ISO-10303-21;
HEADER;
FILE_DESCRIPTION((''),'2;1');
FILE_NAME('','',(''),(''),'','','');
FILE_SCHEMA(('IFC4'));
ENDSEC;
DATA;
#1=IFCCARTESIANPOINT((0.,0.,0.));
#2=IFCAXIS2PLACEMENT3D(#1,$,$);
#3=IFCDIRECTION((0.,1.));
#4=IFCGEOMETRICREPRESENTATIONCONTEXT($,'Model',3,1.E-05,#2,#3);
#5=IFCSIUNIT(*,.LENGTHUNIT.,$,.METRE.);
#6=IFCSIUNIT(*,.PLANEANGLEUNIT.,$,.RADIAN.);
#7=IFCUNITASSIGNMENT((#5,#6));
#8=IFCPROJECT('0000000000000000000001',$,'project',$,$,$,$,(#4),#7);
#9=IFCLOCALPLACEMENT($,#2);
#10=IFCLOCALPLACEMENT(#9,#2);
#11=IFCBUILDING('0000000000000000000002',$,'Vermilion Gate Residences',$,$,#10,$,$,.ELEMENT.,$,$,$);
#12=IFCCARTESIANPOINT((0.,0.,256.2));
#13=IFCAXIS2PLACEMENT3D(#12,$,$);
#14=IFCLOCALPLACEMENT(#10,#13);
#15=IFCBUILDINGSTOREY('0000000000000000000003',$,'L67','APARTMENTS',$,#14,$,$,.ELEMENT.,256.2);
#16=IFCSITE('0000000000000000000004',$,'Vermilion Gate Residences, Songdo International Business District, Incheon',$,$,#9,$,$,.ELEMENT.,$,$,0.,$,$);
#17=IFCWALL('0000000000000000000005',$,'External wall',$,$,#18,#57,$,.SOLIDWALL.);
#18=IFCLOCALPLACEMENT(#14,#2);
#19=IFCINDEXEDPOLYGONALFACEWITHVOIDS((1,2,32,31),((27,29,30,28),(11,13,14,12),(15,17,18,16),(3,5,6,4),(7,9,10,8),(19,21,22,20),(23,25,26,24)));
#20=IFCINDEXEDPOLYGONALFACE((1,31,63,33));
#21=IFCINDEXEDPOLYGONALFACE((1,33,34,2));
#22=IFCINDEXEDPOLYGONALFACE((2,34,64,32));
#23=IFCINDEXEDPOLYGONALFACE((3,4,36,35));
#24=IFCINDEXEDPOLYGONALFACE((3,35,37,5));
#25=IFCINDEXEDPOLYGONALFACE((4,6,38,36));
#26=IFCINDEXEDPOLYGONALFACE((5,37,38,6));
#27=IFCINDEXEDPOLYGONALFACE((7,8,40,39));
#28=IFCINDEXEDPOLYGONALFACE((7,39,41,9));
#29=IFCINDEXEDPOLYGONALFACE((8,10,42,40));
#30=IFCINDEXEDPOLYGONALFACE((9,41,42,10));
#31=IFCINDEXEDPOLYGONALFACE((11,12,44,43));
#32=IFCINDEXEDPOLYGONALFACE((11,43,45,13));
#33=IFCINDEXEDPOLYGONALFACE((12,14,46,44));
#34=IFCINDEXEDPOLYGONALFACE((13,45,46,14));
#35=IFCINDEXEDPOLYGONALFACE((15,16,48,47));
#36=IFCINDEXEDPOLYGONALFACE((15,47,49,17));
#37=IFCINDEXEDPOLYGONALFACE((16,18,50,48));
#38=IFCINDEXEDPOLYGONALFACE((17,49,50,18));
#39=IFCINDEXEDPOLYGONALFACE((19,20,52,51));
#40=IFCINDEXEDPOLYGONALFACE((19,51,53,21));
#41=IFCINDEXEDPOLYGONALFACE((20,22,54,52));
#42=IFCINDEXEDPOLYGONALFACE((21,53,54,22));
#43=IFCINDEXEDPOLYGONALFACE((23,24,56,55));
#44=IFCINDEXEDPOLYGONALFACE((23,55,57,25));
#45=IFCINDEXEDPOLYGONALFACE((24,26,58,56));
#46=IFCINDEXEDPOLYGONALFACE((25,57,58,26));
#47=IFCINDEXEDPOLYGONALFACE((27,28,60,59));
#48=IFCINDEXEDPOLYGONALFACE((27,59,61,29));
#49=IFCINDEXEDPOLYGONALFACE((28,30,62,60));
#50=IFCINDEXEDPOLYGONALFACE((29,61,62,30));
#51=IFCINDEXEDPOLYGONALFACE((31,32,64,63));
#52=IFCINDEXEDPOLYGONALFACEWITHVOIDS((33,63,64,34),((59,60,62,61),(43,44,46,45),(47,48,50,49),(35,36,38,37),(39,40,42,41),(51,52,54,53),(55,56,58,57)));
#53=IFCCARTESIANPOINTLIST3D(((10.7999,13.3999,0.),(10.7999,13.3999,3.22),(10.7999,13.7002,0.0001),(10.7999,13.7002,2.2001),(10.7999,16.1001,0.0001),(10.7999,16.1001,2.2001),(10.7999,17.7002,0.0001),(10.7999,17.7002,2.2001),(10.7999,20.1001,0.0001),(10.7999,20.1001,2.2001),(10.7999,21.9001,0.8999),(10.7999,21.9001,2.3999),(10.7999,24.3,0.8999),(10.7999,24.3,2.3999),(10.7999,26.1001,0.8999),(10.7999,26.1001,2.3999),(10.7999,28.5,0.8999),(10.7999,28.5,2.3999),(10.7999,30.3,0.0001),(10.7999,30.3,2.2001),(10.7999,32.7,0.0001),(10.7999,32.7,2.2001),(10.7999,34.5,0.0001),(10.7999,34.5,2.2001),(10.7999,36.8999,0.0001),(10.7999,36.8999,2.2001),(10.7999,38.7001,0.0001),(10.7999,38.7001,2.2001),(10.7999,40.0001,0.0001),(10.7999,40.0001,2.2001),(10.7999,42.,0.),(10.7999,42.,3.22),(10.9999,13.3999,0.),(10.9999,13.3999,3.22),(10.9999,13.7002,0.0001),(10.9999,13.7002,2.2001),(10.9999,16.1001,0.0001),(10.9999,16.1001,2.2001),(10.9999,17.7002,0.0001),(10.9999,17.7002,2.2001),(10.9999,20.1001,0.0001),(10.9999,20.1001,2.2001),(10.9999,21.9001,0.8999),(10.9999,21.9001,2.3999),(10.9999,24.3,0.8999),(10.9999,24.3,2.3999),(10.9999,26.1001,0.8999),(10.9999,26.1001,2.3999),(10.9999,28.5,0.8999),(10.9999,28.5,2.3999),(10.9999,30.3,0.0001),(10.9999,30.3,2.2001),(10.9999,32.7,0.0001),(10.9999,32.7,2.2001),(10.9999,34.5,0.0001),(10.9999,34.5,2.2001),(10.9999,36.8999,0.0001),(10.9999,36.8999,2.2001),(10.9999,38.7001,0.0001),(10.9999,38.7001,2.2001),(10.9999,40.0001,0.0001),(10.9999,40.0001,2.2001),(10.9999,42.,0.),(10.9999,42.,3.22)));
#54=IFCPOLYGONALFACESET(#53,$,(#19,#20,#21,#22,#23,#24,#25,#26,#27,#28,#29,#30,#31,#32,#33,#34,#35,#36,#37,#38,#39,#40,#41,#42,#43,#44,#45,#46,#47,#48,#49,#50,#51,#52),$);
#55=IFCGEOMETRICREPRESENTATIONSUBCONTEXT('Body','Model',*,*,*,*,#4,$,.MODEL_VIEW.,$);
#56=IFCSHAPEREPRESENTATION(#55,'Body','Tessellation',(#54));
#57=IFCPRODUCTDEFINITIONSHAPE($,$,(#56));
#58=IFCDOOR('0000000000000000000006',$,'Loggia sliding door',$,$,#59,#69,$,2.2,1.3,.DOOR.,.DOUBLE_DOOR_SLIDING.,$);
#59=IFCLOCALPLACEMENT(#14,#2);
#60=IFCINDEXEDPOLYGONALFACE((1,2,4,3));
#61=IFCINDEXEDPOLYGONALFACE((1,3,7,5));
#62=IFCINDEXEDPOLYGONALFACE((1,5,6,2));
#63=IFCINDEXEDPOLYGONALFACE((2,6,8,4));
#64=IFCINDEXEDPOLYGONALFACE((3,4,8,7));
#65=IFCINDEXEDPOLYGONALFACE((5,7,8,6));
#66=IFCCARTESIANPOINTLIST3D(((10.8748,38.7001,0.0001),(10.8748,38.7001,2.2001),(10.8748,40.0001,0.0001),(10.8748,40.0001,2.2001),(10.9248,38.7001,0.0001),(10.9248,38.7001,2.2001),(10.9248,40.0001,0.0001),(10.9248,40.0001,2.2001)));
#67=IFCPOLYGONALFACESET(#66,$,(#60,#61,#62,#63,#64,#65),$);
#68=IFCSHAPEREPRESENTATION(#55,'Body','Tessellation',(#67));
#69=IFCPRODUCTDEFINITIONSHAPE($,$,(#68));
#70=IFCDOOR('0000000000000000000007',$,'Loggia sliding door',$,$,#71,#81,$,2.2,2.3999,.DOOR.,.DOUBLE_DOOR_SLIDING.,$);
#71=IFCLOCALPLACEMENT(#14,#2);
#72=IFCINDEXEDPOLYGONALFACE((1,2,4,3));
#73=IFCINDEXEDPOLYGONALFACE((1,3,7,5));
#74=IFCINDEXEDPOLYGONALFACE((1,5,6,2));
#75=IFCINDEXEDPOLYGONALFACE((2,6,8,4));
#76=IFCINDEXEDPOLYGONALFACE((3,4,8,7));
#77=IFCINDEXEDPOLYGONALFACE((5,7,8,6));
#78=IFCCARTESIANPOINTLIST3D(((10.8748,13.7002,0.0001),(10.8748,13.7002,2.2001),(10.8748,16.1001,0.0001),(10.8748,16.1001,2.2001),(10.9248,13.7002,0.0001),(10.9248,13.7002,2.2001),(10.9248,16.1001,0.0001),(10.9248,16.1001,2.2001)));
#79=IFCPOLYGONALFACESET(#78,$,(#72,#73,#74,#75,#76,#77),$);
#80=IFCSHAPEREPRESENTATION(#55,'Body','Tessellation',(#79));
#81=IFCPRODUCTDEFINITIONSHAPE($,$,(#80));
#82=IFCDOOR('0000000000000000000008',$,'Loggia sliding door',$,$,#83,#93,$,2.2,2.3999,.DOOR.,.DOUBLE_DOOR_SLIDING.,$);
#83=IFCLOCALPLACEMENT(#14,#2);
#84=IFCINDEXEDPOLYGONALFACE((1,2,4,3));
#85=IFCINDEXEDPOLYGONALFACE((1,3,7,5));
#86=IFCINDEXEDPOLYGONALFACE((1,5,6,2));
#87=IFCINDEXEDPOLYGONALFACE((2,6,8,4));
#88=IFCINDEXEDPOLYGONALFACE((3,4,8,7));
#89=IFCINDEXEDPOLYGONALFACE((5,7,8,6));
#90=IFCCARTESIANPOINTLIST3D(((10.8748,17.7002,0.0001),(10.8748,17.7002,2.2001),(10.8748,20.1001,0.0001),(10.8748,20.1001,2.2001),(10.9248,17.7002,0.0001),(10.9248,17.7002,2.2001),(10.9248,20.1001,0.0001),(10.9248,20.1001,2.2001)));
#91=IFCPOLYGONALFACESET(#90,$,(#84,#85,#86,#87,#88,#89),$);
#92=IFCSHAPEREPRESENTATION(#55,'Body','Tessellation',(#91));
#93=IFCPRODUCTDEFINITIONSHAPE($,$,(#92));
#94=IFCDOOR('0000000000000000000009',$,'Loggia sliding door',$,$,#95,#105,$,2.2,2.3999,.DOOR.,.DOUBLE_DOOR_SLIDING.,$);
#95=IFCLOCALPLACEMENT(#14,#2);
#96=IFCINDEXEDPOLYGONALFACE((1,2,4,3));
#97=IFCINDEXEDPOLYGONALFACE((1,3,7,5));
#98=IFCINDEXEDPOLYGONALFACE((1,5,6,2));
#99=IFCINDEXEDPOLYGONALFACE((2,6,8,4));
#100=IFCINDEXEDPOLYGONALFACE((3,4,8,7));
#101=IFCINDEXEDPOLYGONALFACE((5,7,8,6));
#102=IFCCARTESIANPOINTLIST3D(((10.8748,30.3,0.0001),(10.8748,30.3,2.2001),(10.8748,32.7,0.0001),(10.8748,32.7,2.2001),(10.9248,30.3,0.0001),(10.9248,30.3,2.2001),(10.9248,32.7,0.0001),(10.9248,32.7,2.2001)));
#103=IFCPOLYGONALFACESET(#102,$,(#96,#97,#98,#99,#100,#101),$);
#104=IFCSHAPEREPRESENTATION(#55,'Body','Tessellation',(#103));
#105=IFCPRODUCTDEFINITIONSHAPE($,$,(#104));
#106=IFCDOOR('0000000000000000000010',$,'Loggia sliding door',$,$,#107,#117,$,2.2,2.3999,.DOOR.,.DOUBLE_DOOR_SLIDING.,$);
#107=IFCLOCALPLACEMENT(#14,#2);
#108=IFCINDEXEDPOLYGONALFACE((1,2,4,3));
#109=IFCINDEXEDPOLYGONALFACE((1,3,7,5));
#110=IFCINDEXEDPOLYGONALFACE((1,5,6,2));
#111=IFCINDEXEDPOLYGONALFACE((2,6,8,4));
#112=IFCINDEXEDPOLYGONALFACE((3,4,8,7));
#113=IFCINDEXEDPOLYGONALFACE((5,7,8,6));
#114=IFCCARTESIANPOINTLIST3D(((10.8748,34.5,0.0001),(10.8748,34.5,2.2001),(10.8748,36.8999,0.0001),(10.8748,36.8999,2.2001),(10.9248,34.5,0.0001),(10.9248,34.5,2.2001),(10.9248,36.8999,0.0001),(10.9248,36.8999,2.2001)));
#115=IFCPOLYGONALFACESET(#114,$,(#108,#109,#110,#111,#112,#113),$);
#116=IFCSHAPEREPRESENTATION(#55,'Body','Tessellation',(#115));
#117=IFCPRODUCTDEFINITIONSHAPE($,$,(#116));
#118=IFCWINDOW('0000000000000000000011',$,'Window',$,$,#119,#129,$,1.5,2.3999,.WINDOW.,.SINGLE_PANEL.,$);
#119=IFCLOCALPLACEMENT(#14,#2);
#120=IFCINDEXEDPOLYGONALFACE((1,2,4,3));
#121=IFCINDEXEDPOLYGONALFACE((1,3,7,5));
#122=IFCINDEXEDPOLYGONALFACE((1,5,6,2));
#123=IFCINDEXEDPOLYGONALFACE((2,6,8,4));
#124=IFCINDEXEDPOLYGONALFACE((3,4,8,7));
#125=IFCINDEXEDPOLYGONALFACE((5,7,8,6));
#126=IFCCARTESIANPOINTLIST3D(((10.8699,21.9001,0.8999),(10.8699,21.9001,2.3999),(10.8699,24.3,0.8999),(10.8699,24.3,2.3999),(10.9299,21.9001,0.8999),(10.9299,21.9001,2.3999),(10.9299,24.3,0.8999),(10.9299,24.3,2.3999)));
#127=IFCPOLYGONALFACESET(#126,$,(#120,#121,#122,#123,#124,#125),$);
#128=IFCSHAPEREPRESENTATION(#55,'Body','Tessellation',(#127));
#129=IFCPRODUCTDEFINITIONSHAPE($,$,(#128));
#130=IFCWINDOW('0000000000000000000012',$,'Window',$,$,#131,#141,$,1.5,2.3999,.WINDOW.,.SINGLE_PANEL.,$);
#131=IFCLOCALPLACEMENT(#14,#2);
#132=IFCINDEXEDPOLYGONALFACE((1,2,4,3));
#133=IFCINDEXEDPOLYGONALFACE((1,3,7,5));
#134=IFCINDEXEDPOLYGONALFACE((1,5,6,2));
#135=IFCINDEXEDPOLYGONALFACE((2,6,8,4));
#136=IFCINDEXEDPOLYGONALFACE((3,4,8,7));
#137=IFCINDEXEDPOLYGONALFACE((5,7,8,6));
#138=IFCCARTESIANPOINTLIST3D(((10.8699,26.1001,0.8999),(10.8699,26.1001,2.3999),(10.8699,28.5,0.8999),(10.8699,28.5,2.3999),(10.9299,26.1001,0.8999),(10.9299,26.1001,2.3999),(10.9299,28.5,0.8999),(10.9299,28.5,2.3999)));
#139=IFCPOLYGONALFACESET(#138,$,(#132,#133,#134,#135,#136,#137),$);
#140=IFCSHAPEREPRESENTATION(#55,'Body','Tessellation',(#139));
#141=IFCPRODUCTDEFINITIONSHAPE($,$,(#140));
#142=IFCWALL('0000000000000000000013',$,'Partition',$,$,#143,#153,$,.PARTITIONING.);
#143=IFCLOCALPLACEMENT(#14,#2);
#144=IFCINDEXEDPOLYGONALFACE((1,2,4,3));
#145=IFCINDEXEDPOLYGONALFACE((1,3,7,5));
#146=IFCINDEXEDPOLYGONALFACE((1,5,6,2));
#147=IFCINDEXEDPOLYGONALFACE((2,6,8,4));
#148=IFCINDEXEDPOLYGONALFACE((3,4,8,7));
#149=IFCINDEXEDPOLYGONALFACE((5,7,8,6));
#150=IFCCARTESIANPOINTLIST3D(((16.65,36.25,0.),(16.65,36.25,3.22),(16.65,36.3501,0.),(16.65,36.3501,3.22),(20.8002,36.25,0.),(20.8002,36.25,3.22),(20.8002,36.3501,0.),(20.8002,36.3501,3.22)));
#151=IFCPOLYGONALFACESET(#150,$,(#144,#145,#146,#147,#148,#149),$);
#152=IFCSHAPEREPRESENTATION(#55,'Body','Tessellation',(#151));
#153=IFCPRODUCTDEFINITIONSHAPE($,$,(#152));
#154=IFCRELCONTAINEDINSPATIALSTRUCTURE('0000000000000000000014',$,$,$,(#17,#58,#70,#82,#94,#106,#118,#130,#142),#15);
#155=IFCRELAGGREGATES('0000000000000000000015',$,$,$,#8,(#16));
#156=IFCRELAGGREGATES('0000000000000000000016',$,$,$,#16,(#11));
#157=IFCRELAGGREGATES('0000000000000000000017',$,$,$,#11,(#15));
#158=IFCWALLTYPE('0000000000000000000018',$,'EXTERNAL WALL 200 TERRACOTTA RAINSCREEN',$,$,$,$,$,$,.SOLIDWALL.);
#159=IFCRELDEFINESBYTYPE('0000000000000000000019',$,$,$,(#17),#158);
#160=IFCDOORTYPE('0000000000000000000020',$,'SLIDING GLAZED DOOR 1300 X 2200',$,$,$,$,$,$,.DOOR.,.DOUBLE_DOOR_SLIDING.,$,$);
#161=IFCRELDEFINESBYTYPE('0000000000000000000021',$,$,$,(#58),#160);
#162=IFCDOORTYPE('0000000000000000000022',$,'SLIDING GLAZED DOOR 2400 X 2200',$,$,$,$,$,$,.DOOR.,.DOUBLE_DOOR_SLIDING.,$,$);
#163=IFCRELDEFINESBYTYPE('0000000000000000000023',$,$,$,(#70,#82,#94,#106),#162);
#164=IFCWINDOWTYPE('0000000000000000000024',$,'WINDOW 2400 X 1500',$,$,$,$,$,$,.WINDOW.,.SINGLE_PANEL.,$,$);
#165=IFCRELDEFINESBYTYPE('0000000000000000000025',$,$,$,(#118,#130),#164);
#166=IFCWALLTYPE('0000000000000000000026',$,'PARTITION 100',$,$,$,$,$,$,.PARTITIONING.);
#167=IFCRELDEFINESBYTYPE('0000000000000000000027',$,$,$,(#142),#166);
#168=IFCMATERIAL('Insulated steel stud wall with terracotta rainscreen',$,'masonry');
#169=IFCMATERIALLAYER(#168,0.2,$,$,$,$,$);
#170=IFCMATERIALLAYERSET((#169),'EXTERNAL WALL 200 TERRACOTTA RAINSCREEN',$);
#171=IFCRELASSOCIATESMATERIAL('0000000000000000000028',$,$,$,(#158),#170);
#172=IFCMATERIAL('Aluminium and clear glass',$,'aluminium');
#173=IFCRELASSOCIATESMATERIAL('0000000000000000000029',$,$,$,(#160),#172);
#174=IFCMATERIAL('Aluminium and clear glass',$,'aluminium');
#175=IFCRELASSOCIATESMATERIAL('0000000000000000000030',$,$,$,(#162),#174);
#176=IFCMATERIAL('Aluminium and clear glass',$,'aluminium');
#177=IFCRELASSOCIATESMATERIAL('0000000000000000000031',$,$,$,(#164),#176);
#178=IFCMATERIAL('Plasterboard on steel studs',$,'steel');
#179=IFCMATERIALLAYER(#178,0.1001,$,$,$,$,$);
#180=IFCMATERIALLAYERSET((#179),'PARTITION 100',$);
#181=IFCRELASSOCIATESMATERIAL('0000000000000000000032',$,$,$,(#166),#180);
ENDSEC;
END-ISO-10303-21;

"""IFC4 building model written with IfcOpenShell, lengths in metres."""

from ifc_helpers import new_model, si_unit, direction, frame, frame_2d, origin, place, context, subcontext, project, spatial, rectangle, extrude, material, layer, layer_set, type_object, element, fill, save


model = new_model("IFC4")

# Units and contexts
model_context = context("Model", 3, precision=1e-05, world=origin(), true_north=direction((0.0, 1.0)))
body_context = subcontext(model_context, "Body", "Model", "MODEL_VIEW")
ifc_project = project(units=[si_unit("LENGTHUNIT", "METRE"), si_unit("PLANEANGLEUNIT", "RADIAN")], contexts=[model_context])

# Site, building, storey
site_placement = place(None, origin())
site = spatial("IfcSite", under=ifc_project, at=site_placement, Name="Vermilion Gate Residences, Songdo International Business District, Incheon", CompositionType="ELEMENT", RefElevation=0.0)
building_placement = place(site_placement, origin())
building = spatial("IfcBuilding", under=site, at=building_placement, Name="Vermilion Gate Residences", CompositionType="ELEMENT")
storey_placement = place(building_placement, frame((0.0, 0.0, 256.2)))
storey = spatial("IfcBuildingStorey", under=building, at=storey_placement, Name="L67", Description="APARTMENTS", CompositionType="ELEMENT", Elevation=256.2)

# Wall, openings, doors, windows
ifc_material_1 = material(Name="Insulated steel stud wall with terracotta rainscreen", Category="masonry")
ifc_layer_1 = layer(ifc_material_1, 0.2)
ifc_layer_set_1 = layer_set([ifc_layer_1], Name="EXTERNAL WALL 200 TERRACOTTA RAINSCREEN")
wall_type_1 = type_object("IfcWallType", Name="EXTERNAL WALL 200 TERRACOTTA RAINSCREEN", PredefinedType="SOLIDWALL", material=ifc_layer_set_1)
wall_1_placement = place(storey_placement, frame((10.8999, 42.0, 0.0), z_axis=(0.0, 0.0, 1.0), x_axis=(0.0, -1.0, 0.0)))
wall_1 = element("IfcWall", 1, at=wall_1_placement, inside=storey, type_object=wall_type_1, Name="External wall", PredefinedType="SOLIDWALL", context=body_context, shape_type="SweptSolid", body=[
    extrude(rectangle(XDim=28.6001, YDim=0.2, at=frame_2d((14.3, 0.0))), origin(), (0.0, 0.0, 1.0), 3.22),
])
opening_1_placement = place(wall_1_placement, frame((25.8999, 0.0, 0.0)))
opening_1 = element("IfcOpeningElement", 2, at=opening_1_placement, cuts=wall_1, PredefinedType="OPENING", context=body_context, shape_type="SweptSolid", body=[
    extrude(rectangle(XDim=2.3999, YDim=2.2, at=frame_2d((1.2, 1.1001))), frame((0.0, 0.1099, 0.0), z_axis=(0.0, -1.0, 0.0), x_axis=(1.0, 0.0, 0.0)), (0.0, 0.0, 1.0), 0.22),
])
opening_2_placement = place(wall_1_placement, frame((21.8999, 0.0, 0.0)))
opening_2 = element("IfcOpeningElement", 3, at=opening_2_placement, cuts=wall_1, PredefinedType="OPENING", context=body_context, shape_type="SweptSolid", body=[
    extrude(rectangle(XDim=2.3999, YDim=2.2, at=frame_2d((1.2, 1.1001))), frame((0.0, 0.1099, 0.0), z_axis=(0.0, -1.0, 0.0), x_axis=(1.0, 0.0, 0.0)), (0.0, 0.0, 1.0), 0.22),
])
opening_3_placement = place(wall_1_placement, frame((17.7, 0.0, 0.8999)))
opening_3 = element("IfcOpeningElement", 4, at=opening_3_placement, cuts=wall_1, PredefinedType="OPENING", context=body_context, shape_type="SweptSolid", body=[
    extrude(rectangle(XDim=2.3999, YDim=1.5, at=frame_2d((1.2, 0.75))), frame((0.0, 0.1099, 0.0), z_axis=(0.0, -1.0, 0.0), x_axis=(1.0, 0.0, 0.0)), (0.0, 0.0, 1.0), 0.22),
])
opening_4_placement = place(wall_1_placement, frame((13.5, 0.0, 0.8999)))
opening_4 = element("IfcOpeningElement", 5, at=opening_4_placement, cuts=wall_1, PredefinedType="OPENING", context=body_context, shape_type="SweptSolid", body=[
    extrude(rectangle(XDim=2.3999, YDim=1.5, at=frame_2d((1.2, 0.75))), frame((0.0, 0.1099, 0.0), z_axis=(0.0, -1.0, 0.0), x_axis=(1.0, 0.0, 0.0)), (0.0, 0.0, 1.0), 0.22),
])
opening_5_placement = place(wall_1_placement, frame((9.3, 0.0, 0.0)))
opening_5 = element("IfcOpeningElement", 6, at=opening_5_placement, cuts=wall_1, PredefinedType="OPENING", context=body_context, shape_type="SweptSolid", body=[
    extrude(rectangle(XDim=2.3999, YDim=2.2, at=frame_2d((1.2, 1.1001))), frame((0.0, 0.1099, 0.0), z_axis=(0.0, -1.0, 0.0), x_axis=(1.0, 0.0, 0.0)), (0.0, 0.0, 1.0), 0.22),
])
opening_6_placement = place(wall_1_placement, frame((5.1001, 0.0, 0.0)))
opening_6 = element("IfcOpeningElement", 7, at=opening_6_placement, cuts=wall_1, PredefinedType="OPENING", context=body_context, shape_type="SweptSolid", body=[
    extrude(rectangle(XDim=2.3999, YDim=2.2, at=frame_2d((1.2, 1.1001))), frame((0.0, 0.1099, 0.0), z_axis=(0.0, -1.0, 0.0), x_axis=(1.0, 0.0, 0.0)), (0.0, 0.0, 1.0), 0.22),
])
opening_7_placement = place(wall_1_placement, frame((2.0, 0.0, 0.0)))
opening_7 = element("IfcOpeningElement", 8, at=opening_7_placement, cuts=wall_1, PredefinedType="OPENING", context=body_context, shape_type="SweptSolid", body=[
    extrude(rectangle(XDim=1.3, YDim=2.2, at=frame_2d((0.6499, 1.1001))), frame((0.0, 0.1099, 0.0), z_axis=(0.0, -1.0, 0.0), x_axis=(1.0, 0.0, 0.0)), (0.0, 0.0, 1.0), 0.22),
])
ifc_material_2 = material(Name="Aluminium and clear glass", Category="aluminium")
door_type_1 = type_object("IfcDoorType", Name="SLIDING GLAZED DOOR 1300 X 2200", OperationType="DOUBLE_DOOR_SLIDING", PredefinedType="DOOR", material=ifc_material_2)
door_1_placement = place(opening_7_placement, origin())
door_1 = element("IfcDoor", 9, at=door_1_placement, inside=storey, type_object=door_type_1, Name="Loggia sliding door", OperationType="DOUBLE_DOOR_SLIDING", OverallHeight=2.2, OverallWidth=1.3, PredefinedType="DOOR", context=body_context, shape_type="SweptSolid", body=[
    extrude(rectangle(XDim=1.3, YDim=2.2, at=frame_2d((0.6499, 1.1001))), frame((0.0, 0.0249, 0.0), z_axis=(0.0, -1.0, 0.0), x_axis=(1.0, 0.0, 0.0)), (0.0, 0.0, 1.0), 0.05),
])
fill(opening_7, door_1)
ifc_material_3 = material(Name="Aluminium and clear glass", Category="aluminium")
door_type_2 = type_object("IfcDoorType", Name="SLIDING GLAZED DOOR 2400 X 2200", OperationType="DOUBLE_DOOR_SLIDING", PredefinedType="DOOR", material=ifc_material_3)
door_2_placement = place(opening_1_placement, origin())
door_2 = element("IfcDoor", 10, at=door_2_placement, inside=storey, type_object=door_type_2, Name="Loggia sliding door", OperationType="DOUBLE_DOOR_SLIDING", OverallHeight=2.2, OverallWidth=2.3999, PredefinedType="DOOR", context=body_context, shape_type="SweptSolid", body=[
    extrude(rectangle(XDim=2.3999, YDim=2.2, at=frame_2d((1.2, 1.1001))), frame((0.0, 0.0249, 0.0), z_axis=(0.0, -1.0, 0.0), x_axis=(1.0, 0.0, 0.0)), (0.0, 0.0, 1.0), 0.05),
])
fill(opening_1, door_2)
door_3_placement = place(opening_2_placement, origin())
door_3 = element("IfcDoor", 11, at=door_3_placement, inside=storey, type_object=door_type_2, Name="Loggia sliding door", OperationType="DOUBLE_DOOR_SLIDING", OverallHeight=2.2, OverallWidth=2.3999, PredefinedType="DOOR", context=body_context, shape_type="SweptSolid", body=[
    extrude(rectangle(XDim=2.3999, YDim=2.2, at=frame_2d((1.2, 1.1001))), frame((0.0, 0.0249, 0.0), z_axis=(0.0, -1.0, 0.0), x_axis=(1.0, 0.0, 0.0)), (0.0, 0.0, 1.0), 0.05),
])
fill(opening_2, door_3)
door_4_placement = place(opening_5_placement, origin())
door_4 = element("IfcDoor", 12, at=door_4_placement, inside=storey, type_object=door_type_2, Name="Loggia sliding door", OperationType="DOUBLE_DOOR_SLIDING", OverallHeight=2.2, OverallWidth=2.3999, PredefinedType="DOOR", context=body_context, shape_type="SweptSolid", body=[
    extrude(rectangle(XDim=2.3999, YDim=2.2, at=frame_2d((1.2, 1.1001))), frame((0.0, 0.0249, 0.0), z_axis=(0.0, -1.0, 0.0), x_axis=(1.0, 0.0, 0.0)), (0.0, 0.0, 1.0), 0.05),
])
fill(opening_5, door_4)
door_5_placement = place(opening_6_placement, origin())
door_5 = element("IfcDoor", 13, at=door_5_placement, inside=storey, type_object=door_type_2, Name="Loggia sliding door", OperationType="DOUBLE_DOOR_SLIDING", OverallHeight=2.2, OverallWidth=2.3999, PredefinedType="DOOR", context=body_context, shape_type="SweptSolid", body=[
    extrude(rectangle(XDim=2.3999, YDim=2.2, at=frame_2d((1.2, 1.1001))), frame((0.0, 0.0249, 0.0), z_axis=(0.0, -1.0, 0.0), x_axis=(1.0, 0.0, 0.0)), (0.0, 0.0, 1.0), 0.05),
])
fill(opening_6, door_5)
ifc_material_4 = material(Name="Aluminium and clear glass", Category="aluminium")
window_type = type_object("IfcWindowType", Name="WINDOW 2400 X 1500", PartitioningType="SINGLE_PANEL", PredefinedType="WINDOW", material=ifc_material_4)
window_1_placement = place(opening_3_placement, origin())
window_1 = element("IfcWindow", 14, at=window_1_placement, inside=storey, type_object=window_type, Name="Window", OverallHeight=1.5, OverallWidth=2.3999, PartitioningType="SINGLE_PANEL", PredefinedType="WINDOW", context=body_context, shape_type="SweptSolid", body=[
    extrude(rectangle(XDim=2.3999, YDim=1.5, at=frame_2d((1.2, 0.75))), frame((0.0, 0.03, 0.0), z_axis=(0.0, -1.0, 0.0), x_axis=(1.0, 0.0, 0.0)), (0.0, 0.0, 1.0), 0.0601),
])
fill(opening_3, window_1)
window_2_placement = place(opening_4_placement, origin())
window_2 = element("IfcWindow", 15, at=window_2_placement, inside=storey, type_object=window_type, Name="Window", OverallHeight=1.5, OverallWidth=2.3999, PartitioningType="SINGLE_PANEL", PredefinedType="WINDOW", context=body_context, shape_type="SweptSolid", body=[
    extrude(rectangle(XDim=2.3999, YDim=1.5, at=frame_2d((1.2, 0.75))), frame((0.0, 0.03, 0.0), z_axis=(0.0, -1.0, 0.0), x_axis=(1.0, 0.0, 0.0)), (0.0, 0.0, 1.0), 0.0601),
])
fill(opening_4, window_2)

# Wall
ifc_material_5 = material(Name="Plasterboard on steel studs", Category="steel")
ifc_layer_2 = layer(ifc_material_5, 0.1001)
ifc_layer_set_2 = layer_set([ifc_layer_2], Name="PARTITION 100")
wall_type_2 = type_object("IfcWallType", Name="PARTITION 100", PredefinedType="PARTITIONING", material=ifc_layer_set_2)
wall_2_placement = place(storey_placement, frame((16.6499, 36.3, 0.0), z_axis=(0.0, 0.0, 1.0), x_axis=(1.0, 0.0, 0.0)))
element("IfcWall", 16, at=wall_2_placement, inside=storey, type_object=wall_type_2, Name="Partition", PredefinedType="PARTITIONING", context=body_context, shape_type="SweptSolid", body=[
    extrude(rectangle(XDim=4.1501, YDim=0.1001, at=frame_2d((2.0752, 0.0))), origin(), (0.0, 0.0, 1.0), 3.22),
])

save(model, "model.ifc")
